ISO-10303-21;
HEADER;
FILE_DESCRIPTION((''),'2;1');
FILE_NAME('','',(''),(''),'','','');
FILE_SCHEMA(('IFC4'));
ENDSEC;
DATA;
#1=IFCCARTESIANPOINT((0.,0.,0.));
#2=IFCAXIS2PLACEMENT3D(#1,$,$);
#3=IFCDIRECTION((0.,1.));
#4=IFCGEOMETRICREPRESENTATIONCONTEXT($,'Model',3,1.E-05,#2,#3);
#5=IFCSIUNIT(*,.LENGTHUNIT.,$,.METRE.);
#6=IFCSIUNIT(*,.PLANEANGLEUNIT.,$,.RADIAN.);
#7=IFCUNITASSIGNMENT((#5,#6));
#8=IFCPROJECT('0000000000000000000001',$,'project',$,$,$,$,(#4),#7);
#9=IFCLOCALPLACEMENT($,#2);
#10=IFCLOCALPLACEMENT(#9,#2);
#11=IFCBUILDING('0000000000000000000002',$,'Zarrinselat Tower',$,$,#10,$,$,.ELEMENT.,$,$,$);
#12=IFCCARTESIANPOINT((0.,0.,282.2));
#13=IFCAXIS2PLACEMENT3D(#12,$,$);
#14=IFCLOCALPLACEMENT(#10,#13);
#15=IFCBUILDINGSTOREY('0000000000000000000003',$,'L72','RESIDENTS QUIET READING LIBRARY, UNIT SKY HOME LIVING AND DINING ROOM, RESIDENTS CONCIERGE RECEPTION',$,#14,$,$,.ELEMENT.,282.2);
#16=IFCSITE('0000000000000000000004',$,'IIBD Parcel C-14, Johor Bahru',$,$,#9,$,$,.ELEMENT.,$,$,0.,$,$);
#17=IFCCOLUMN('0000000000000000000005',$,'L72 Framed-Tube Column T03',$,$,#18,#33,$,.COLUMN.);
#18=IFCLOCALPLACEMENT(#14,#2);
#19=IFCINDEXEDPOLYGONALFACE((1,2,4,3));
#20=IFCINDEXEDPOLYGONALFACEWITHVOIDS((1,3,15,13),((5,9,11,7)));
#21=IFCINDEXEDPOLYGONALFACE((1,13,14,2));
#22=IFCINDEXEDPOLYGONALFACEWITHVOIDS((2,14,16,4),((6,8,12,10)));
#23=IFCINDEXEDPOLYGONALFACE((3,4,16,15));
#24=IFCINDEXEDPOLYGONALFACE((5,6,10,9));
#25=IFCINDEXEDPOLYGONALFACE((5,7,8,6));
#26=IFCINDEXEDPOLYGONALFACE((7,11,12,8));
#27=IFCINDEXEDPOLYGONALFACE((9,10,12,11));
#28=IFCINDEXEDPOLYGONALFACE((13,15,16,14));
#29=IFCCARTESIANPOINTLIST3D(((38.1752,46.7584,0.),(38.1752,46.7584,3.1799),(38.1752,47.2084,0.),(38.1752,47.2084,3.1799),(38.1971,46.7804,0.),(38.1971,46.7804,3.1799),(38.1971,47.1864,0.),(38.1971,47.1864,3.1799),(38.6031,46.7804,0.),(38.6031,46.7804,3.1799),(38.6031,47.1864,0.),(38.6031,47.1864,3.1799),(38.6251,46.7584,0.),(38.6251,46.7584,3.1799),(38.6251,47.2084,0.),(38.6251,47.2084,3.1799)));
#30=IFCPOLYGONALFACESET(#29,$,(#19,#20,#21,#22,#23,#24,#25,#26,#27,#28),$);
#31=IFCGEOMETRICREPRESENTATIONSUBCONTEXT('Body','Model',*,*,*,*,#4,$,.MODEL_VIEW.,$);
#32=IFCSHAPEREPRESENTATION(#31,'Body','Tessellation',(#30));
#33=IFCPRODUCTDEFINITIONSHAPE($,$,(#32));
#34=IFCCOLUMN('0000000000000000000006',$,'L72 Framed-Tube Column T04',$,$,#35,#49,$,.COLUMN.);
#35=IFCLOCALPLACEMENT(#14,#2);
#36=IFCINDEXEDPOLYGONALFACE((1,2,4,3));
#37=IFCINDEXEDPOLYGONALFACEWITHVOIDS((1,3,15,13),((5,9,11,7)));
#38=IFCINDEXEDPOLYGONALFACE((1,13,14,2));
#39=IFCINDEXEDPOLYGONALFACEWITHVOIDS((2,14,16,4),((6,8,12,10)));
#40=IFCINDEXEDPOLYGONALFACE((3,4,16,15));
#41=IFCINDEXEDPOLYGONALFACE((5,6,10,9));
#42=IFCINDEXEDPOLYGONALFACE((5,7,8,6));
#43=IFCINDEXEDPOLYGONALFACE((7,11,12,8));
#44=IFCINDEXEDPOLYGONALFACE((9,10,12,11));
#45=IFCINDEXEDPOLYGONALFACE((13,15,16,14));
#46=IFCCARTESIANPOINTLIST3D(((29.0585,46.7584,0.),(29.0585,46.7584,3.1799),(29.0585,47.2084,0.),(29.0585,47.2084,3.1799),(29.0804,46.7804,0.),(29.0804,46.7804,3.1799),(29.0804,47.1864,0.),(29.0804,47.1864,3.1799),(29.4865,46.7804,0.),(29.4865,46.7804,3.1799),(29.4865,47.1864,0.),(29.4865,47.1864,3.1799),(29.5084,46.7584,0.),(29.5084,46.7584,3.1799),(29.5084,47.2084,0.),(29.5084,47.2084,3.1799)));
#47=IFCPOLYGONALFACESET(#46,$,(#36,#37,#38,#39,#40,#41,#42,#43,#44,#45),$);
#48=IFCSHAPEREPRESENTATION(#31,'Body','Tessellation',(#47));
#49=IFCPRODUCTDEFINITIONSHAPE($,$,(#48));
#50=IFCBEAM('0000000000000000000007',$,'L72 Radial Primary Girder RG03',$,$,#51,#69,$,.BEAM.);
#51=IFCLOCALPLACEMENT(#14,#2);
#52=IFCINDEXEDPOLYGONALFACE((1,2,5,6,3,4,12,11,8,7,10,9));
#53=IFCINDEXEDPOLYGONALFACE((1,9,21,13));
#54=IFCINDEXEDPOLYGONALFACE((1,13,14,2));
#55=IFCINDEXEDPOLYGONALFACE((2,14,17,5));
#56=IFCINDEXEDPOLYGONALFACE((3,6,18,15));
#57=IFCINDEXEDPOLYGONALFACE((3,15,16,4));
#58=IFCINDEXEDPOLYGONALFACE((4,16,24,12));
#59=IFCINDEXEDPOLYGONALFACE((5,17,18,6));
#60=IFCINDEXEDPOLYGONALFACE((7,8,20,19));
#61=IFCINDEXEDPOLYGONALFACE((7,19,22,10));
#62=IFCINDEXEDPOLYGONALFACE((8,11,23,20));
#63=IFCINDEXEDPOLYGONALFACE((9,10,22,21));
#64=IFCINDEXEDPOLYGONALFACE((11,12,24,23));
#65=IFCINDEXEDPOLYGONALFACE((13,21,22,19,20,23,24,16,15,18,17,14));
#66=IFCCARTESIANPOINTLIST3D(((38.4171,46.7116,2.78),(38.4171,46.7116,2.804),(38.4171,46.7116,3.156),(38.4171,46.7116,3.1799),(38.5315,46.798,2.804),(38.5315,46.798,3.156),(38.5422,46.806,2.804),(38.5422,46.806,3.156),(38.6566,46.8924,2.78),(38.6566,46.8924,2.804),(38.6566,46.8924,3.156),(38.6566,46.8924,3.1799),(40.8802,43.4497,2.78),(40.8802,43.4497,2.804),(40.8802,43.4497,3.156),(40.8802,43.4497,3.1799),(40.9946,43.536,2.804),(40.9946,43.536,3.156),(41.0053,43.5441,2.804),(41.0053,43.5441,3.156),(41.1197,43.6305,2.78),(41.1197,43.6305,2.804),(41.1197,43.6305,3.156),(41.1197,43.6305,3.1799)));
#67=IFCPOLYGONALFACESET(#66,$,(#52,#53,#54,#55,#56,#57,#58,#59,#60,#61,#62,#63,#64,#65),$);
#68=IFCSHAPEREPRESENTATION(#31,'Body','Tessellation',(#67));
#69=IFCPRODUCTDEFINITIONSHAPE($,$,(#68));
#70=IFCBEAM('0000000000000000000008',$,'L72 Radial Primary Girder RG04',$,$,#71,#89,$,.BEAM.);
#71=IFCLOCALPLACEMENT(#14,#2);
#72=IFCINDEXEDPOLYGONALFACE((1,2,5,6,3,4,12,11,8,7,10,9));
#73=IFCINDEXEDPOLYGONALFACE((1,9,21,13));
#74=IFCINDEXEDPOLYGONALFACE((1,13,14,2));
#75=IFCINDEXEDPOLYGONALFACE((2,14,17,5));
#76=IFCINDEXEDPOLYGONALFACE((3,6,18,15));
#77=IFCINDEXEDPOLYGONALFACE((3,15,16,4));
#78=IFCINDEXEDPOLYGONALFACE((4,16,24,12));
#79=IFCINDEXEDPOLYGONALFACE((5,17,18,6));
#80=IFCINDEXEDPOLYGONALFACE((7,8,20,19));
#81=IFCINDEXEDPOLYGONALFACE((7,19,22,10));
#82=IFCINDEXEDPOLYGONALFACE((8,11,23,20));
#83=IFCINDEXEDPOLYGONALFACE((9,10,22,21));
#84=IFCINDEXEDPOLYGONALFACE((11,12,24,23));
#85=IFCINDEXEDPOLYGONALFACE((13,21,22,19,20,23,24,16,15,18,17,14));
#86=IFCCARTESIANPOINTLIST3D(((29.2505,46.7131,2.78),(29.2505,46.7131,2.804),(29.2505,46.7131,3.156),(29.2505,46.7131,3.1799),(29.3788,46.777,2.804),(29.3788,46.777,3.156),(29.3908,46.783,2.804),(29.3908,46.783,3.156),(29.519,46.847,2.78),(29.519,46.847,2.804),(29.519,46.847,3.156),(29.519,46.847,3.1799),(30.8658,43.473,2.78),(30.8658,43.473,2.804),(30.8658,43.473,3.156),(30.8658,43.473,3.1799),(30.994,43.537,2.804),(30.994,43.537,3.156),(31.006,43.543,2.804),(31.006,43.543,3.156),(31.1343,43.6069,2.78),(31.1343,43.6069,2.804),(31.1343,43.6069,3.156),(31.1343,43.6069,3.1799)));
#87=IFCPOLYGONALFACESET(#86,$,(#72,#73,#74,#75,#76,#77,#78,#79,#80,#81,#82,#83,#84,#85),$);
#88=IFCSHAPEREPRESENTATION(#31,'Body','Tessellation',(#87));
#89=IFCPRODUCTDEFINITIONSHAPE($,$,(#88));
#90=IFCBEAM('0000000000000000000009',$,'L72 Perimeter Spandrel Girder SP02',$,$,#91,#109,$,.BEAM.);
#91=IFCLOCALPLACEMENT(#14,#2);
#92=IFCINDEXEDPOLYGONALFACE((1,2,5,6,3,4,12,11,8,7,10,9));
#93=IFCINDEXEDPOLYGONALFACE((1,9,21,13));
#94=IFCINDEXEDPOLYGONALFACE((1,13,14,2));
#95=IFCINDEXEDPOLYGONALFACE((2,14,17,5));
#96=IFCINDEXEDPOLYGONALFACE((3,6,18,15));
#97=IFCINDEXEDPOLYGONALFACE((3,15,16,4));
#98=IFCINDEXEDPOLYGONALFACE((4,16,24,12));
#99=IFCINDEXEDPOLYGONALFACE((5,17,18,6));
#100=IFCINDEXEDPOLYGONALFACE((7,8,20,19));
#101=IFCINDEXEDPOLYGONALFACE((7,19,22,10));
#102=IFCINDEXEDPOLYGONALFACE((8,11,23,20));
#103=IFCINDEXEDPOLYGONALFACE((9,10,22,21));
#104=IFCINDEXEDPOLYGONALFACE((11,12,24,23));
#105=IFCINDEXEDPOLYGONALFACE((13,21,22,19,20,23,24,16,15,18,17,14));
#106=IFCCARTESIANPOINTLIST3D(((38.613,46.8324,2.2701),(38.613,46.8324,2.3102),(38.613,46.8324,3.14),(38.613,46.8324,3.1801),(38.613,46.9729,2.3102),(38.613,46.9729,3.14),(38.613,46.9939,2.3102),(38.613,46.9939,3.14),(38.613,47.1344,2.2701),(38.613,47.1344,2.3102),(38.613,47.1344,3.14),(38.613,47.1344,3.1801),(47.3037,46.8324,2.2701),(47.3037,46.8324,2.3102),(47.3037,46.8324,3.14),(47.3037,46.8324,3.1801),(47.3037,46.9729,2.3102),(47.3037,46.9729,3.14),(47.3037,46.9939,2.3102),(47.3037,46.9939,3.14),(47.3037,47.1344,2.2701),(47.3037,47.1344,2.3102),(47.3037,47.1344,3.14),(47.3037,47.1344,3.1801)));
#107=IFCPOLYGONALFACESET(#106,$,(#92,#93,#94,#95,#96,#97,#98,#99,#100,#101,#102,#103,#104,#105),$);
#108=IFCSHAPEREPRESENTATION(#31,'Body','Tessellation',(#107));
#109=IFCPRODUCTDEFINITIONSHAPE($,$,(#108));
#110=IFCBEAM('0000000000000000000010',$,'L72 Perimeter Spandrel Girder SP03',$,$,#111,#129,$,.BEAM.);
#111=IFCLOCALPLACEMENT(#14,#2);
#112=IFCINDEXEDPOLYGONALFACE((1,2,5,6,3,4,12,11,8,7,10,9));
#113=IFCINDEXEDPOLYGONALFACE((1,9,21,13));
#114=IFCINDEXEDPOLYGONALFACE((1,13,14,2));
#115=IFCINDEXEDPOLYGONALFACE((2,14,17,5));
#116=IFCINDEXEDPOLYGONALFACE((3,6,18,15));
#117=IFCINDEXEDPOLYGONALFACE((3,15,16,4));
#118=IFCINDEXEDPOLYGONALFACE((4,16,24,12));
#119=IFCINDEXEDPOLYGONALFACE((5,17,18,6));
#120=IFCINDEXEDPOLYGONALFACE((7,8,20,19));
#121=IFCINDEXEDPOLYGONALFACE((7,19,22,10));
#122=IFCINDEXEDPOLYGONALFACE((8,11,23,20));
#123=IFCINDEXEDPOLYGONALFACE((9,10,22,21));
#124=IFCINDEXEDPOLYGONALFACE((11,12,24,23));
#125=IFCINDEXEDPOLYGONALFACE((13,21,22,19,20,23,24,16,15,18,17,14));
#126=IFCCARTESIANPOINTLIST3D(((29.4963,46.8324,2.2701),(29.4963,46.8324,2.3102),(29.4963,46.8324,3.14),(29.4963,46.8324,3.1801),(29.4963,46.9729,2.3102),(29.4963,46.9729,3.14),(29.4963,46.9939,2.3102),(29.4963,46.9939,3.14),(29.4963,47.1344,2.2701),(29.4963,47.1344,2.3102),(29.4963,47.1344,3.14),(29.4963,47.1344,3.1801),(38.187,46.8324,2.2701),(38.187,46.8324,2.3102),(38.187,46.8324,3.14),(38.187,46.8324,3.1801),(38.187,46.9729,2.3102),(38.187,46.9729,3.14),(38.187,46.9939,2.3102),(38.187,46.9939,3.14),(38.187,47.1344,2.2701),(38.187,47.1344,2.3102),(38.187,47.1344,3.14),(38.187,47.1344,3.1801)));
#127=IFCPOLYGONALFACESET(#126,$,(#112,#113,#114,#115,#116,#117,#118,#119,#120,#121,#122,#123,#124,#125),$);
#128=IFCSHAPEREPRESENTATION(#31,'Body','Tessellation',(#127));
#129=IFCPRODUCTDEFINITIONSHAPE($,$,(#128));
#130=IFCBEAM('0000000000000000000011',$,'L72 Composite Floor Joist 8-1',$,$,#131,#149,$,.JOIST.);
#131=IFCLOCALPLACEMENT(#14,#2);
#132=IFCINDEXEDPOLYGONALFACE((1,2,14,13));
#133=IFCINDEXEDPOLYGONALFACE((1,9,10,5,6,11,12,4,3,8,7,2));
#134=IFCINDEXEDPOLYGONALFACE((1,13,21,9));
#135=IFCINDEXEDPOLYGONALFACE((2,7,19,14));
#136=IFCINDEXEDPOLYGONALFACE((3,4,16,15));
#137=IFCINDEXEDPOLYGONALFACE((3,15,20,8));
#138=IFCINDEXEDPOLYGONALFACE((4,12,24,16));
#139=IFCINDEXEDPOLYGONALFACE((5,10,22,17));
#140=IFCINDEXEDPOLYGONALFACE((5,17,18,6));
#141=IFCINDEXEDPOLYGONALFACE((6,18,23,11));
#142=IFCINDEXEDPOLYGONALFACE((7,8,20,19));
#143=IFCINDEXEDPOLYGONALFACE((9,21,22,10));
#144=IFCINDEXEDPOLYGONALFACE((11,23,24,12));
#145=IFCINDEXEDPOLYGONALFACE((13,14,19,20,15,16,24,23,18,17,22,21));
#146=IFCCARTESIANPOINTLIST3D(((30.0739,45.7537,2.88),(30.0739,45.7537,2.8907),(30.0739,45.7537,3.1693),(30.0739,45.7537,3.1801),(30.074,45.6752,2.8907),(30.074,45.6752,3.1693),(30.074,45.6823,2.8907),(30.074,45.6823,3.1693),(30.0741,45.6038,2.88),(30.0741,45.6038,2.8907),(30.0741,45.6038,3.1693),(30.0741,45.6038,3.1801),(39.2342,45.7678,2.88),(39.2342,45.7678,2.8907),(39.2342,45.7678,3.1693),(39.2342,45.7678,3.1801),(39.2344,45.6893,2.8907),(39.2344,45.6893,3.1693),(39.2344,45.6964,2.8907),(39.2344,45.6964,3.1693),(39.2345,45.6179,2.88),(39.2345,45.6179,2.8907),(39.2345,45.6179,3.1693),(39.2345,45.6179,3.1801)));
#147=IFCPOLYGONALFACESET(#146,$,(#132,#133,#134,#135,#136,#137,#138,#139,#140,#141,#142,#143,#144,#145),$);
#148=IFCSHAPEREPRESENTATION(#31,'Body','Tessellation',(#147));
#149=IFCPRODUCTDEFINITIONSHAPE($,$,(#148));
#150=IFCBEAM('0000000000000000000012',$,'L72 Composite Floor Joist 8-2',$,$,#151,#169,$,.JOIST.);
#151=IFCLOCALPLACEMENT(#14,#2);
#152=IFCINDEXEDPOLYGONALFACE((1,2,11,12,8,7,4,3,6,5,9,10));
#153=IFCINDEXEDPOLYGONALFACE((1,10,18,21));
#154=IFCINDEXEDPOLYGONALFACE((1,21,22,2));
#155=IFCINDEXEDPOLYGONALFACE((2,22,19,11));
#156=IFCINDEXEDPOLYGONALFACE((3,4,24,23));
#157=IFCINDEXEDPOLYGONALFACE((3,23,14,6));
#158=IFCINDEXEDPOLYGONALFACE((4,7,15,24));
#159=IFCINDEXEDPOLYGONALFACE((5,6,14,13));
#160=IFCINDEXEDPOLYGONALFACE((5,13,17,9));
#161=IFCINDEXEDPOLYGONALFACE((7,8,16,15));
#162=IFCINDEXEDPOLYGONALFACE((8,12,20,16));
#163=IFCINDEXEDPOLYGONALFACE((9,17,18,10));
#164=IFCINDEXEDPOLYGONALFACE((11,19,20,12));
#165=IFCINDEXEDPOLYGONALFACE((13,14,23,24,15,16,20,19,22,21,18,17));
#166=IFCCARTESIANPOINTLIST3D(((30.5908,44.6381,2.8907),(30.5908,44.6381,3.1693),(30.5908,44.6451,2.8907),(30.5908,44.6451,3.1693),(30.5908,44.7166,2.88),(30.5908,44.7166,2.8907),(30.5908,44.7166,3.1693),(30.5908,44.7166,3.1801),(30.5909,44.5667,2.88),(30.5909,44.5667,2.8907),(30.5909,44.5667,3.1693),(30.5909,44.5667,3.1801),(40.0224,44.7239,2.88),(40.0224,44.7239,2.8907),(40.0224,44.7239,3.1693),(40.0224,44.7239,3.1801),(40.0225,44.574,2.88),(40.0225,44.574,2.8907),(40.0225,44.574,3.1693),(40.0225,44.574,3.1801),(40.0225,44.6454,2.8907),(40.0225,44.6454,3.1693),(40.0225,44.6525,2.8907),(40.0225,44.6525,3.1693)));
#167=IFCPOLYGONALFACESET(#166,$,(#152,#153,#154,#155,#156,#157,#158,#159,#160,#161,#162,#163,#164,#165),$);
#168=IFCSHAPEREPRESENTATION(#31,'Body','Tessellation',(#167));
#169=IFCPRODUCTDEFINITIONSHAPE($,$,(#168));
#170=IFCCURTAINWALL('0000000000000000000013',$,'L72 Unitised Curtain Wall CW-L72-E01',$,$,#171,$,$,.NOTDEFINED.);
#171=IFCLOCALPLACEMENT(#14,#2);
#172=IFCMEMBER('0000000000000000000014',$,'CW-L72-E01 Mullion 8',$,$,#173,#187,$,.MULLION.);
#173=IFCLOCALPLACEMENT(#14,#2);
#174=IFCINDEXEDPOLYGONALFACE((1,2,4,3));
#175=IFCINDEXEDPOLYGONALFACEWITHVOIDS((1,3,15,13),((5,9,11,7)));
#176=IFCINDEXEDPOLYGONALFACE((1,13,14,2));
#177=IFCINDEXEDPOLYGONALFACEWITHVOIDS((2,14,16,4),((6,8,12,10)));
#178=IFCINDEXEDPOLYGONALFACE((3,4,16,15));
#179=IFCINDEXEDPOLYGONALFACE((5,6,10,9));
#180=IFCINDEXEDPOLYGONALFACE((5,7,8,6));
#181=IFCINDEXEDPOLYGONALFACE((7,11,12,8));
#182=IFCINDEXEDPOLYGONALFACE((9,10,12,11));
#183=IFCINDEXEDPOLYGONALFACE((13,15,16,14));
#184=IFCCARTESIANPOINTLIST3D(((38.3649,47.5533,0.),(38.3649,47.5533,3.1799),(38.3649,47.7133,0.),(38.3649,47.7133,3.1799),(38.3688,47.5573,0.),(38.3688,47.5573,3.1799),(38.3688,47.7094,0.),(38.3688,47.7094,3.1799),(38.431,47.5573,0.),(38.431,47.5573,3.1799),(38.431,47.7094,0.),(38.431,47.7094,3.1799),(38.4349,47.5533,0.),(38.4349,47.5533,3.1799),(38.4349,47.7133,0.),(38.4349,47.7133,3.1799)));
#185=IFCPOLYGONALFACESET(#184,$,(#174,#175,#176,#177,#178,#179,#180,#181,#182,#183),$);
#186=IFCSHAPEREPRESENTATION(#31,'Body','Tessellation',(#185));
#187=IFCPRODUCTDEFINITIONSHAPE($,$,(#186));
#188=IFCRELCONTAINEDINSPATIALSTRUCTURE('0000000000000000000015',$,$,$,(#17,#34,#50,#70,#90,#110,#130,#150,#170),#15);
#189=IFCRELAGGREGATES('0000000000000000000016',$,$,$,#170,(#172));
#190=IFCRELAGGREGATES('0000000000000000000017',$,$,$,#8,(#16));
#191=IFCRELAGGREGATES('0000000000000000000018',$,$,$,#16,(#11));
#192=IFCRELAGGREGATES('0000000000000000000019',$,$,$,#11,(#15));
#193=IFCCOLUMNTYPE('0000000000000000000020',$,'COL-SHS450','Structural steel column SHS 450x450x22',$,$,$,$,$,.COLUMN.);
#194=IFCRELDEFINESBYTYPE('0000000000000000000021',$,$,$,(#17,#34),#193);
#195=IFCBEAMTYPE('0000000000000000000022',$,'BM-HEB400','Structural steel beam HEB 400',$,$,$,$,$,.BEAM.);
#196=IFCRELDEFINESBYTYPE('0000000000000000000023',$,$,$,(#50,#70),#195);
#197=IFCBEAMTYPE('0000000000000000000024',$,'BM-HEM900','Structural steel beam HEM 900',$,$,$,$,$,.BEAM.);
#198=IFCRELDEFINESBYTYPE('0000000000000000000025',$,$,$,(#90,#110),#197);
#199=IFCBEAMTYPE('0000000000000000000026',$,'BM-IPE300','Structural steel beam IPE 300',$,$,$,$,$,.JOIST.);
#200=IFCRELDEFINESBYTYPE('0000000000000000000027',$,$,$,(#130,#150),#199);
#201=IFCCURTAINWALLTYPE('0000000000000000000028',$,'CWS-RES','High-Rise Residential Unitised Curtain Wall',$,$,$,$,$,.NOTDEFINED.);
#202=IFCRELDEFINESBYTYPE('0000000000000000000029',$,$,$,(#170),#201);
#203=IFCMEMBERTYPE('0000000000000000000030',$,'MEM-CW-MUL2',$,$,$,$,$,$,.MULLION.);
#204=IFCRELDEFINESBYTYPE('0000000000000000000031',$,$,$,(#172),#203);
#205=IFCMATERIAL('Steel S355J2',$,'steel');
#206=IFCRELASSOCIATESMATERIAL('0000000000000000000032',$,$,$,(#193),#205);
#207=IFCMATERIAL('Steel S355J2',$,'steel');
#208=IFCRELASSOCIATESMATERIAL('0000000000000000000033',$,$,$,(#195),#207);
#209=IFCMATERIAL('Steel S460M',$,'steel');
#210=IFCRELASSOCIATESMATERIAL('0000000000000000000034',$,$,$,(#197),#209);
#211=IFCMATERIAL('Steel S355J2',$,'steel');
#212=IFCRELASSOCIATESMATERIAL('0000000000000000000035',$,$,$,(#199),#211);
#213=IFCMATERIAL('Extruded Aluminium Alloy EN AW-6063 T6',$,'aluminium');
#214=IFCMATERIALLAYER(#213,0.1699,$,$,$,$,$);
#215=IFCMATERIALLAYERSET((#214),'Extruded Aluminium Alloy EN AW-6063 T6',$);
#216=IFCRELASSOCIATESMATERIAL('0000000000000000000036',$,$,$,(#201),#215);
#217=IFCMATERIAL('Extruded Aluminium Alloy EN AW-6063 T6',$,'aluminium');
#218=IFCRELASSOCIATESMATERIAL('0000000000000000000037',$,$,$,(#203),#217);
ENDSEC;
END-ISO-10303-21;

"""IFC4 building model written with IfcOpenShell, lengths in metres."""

from ifc_helpers import new_model, si_unit, direction, frame, origin, origin_2d, place, context, subcontext, project, spatial, hollow_rectangle, i_section, extrude, material, layer, layer_set, material_profile, profile_set, type_object, element, aggregate, save


model = new_model("IFC4")

# Units and contexts
model_context = context("Model", 3, precision=1e-05, world=origin(), true_north=direction((0.0, 1.0)))
body_context = subcontext(model_context, "Body", "Model", "MODEL_VIEW")
ifc_project = project(units=[si_unit("LENGTHUNIT", "METRE"), si_unit("PLANEANGLEUNIT", "RADIAN")], contexts=[model_context])

# Site, building, storey
site_placement = place(None, origin())
site = spatial("IfcSite", under=ifc_project, at=site_placement, Name="IIBD Parcel C-14, Johor Bahru", CompositionType="ELEMENT", RefElevation=0.0)
building_placement = place(site_placement, origin())
building = spatial("IfcBuilding", under=site, at=building_placement, Name="Zarrinselat Tower", CompositionType="ELEMENT")
storey_placement = place(building_placement, frame((0.0, 0.0, 282.2)))
storey = spatial("IfcBuildingStorey", under=building, at=storey_placement, Name="L72", Description="RESIDENTS QUIET READING LIBRARY, UNIT SKY HOME LIVING AND DINING ROOM, RESIDENTS CONCIERGE RECEPTION", CompositionType="ELEMENT", Elevation=282.2)

# Columns
ifc_material_1 = material(Name="Steel S355J2", Category="steel")
ifc_material_profile_1 = material_profile(ifc_material_1, hollow_rectangle(XDim=0.45, YDim=0.45, WallThickness=0.022, at=origin_2d()), Name="SHS 450x450x22")
ifc_profile_set_1 = profile_set([ifc_material_profile_1], Name="Steel S355J2")
column_type = type_object("IfcColumnType", Name="COL-SHS450", Description="Structural steel column SHS 450x450x22", PredefinedType="COLUMN", material=ifc_profile_set_1)
for number, where, z_axis, x_axis, name in (
    (1, (38.4001, 46.9834, 0.0), (0.0, 0.0, 1.0), (1.0, 0.0, 0.0), "L72 Framed-Tube Column T03"),
    (2, (29.2834, 46.9834, 0.0), (0.0, 0.0, 1.0), (1.0, 0.0, 0.0), "L72 Framed-Tube Column T04"),
):
    element("IfcColumn", number, at=place(storey_placement, frame(where, z_axis=z_axis, x_axis=x_axis)), inside=storey, type_object=column_type, Name=name, PredefinedType="COLUMN", context=body_context, shape_type="SweptSolid", body=[
        extrude(hollow_rectangle(XDim=0.45, YDim=0.45, WallThickness=0.022, at=origin_2d()), origin(), (0.0, 0.0, 1.0), 3.1799),
    ])

# Beams
ifc_material_2 = material(Name="Steel S355J2", Category="steel")
ifc_material_profile_2 = material_profile(ifc_material_2, i_section(OverallWidth=0.3, OverallDepth=0.3999, WebThickness=0.0134, FlangeThickness=0.0239, at=origin_2d()), Name="HEB 400")
ifc_profile_set_2 = profile_set([ifc_material_profile_2], Name="Steel S355J2")
beam_type_1 = type_object("IfcBeamType", Name="BM-HEB400", Description="Structural steel beam HEB 400", PredefinedType="BEAM", material=ifc_profile_set_2)
beam_1_placement = place(storey_placement, frame((38.5369, 46.802, 2.98), z_axis=(0.602606, -0.798039, 0.0), x_axis=(0.798039, 0.602606, 0.0)))
element("IfcBeam", 3, at=beam_1_placement, inside=storey, type_object=beam_type_1, Name="L72 Radial Primary Girder RG03", PredefinedType="BEAM", context=body_context, shape_type="SweptSolid", body=[
    extrude(i_section(OverallWidth=0.3, OverallDepth=0.3999, WebThickness=0.0134, FlangeThickness=0.0239, at=origin_2d()), origin(), (0.0, 0.0, 1.0), 4.0874),
])
beam_2_placement = place(storey_placement, frame((29.3848, 46.78, 2.98), z_axis=(0.446161, -0.894953, 0.0), x_axis=(0.894953, 0.446161, 0.0)))
element("IfcBeam", 4, at=beam_2_placement, inside=storey, type_object=beam_type_1, Name="L72 Radial Primary Girder RG04", PredefinedType="BEAM", context=body_context, shape_type="SweptSolid", body=[
    extrude(i_section(OverallWidth=0.3, OverallDepth=0.3999, WebThickness=0.0134, FlangeThickness=0.0239, at=origin_2d()), origin(), (0.0, 0.0, 1.0), 3.6204),
])
ifc_material_3 = material(Name="Steel S460M", Category="steel")
ifc_material_profile_3 = material_profile(ifc_material_3, i_section(OverallWidth=0.302, OverallDepth=0.9099, WebThickness=0.021, FlangeThickness=0.04, at=origin_2d()), Name="HEM 900")
ifc_profile_set_3 = profile_set([ifc_material_profile_3], Name="Steel S460M")
beam_type_2 = type_object("IfcBeamType", Name="BM-HEM900", Description="Structural steel beam HEM 900", PredefinedType="BEAM", material=ifc_profile_set_3)
for number, where, z_axis, x_axis, name in (
    (5, (38.613, 46.9834, 2.7251), (1.0, 0.0, 0.0), (0.0, 1.0, 0.0), "L72 Perimeter Spandrel Girder SP02"),
    (6, (29.4963, 46.9834, 2.7251), (1.0, 0.0, 0.0), (0.0, 1.0, 0.0), "L72 Perimeter Spandrel Girder SP03"),
):
    element("IfcBeam", number, at=place(storey_placement, frame(where, z_axis=z_axis, x_axis=x_axis)), inside=storey, type_object=beam_type_2, Name=name, PredefinedType="BEAM", context=body_context, shape_type="SweptSolid", body=[
        extrude(i_section(OverallWidth=0.302, OverallDepth=0.9099, WebThickness=0.021, FlangeThickness=0.04, at=origin_2d()), origin(), (0.0, 0.0, 1.0), 8.6907),
    ])
ifc_material_4 = material(Name="Steel S355J2", Category="steel")
ifc_material_profile_4 = material_profile(ifc_material_4, i_section(OverallWidth=0.1499, OverallDepth=0.3, WebThickness=0.0071, FlangeThickness=0.0107, at=origin_2d()), Name="IPE 300")
ifc_profile_set_4 = profile_set([ifc_material_profile_4], Name="Steel S355J2")
beam_type_3 = type_object("IfcBeamType", Name="BM-IPE300", Description="Structural steel beam IPE 300", PredefinedType="JOIST", material=ifc_profile_set_4)
beam_3_placement = place(storey_placement, frame((30.074, 45.6787, 3.03), z_axis=(0.999999, 0.001546, 0.0), x_axis=(-0.001546, 0.999999, 0.0)))
element("IfcBeam", 7, at=beam_3_placement, inside=storey, type_object=beam_type_3, Name="L72 Composite Floor Joist 8-1", PredefinedType="JOIST", context=body_context, shape_type="SweptSolid", body=[
    extrude(i_section(OverallWidth=0.1499, OverallDepth=0.3, WebThickness=0.0071, FlangeThickness=0.0107, at=origin_2d()), origin(), (0.0, 0.0, 1.0), 9.1604),
])
beam_4_placement = place(storey_placement, frame((30.5908, 44.6416, 3.03), z_axis=(1.0, 0.000777, 0.0), x_axis=(-0.000777, 1.0, 0.0)))
element("IfcBeam", 8, at=beam_4_placement, inside=storey, type_object=beam_type_3, Name="L72 Composite Floor Joist 8-2", PredefinedType="JOIST", context=body_context, shape_type="SweptSolid", body=[
    extrude(i_section(OverallWidth=0.1499, OverallDepth=0.3, WebThickness=0.0071, FlangeThickness=0.0107, at=origin_2d()), origin(), (0.0, 0.0, 1.0), 9.4316),
])

# Curtain wall, member
ifc_material_5 = material(Name="Extruded Aluminium Alloy EN AW-6063 T6", Category="aluminium")
ifc_layer_1 = layer(ifc_material_5, 0.1699)
ifc_layer_set_1 = layer_set([ifc_layer_1], Name="Extruded Aluminium Alloy EN AW-6063 T6")
curtain_wall_type = type_object("IfcCurtainWallType", Name="CWS-RES", Description="High-Rise Residential Unitised Curtain Wall", PredefinedType="NOTDEFINED", material=ifc_layer_set_1)
curtain_wall_placement = place(storey_placement, origin())
curtain_wall = element("IfcCurtainWall", 9, at=curtain_wall_placement, inside=storey, type_object=curtain_wall_type, Name="L72 Unitised Curtain Wall CW-L72-E01", PredefinedType="NOTDEFINED")
ifc_material_6 = material(Name="Extruded Aluminium Alloy EN AW-6063 T6", Category="aluminium")
ifc_material_profile_5 = material_profile(ifc_material_6, hollow_rectangle(XDim=0.0701, YDim=0.1599, WallThickness=0.0039, at=origin_2d()), Name="RHS 160x70x4")
ifc_profile_set_5 = profile_set([ifc_material_profile_5], Name="Extruded Aluminium Alloy EN AW-6063 T6")
member_type_1 = type_object("IfcMemberType", Name="MEM-CW-MUL2", PredefinedType="MULLION", material=ifc_profile_set_5)
member_1_placement = place(storey_placement, frame((38.3999, 47.6333, 0.0), z_axis=(0.0, 0.0, 1.0), x_axis=(-1.0, 0.0, 0.0)))
member_1 = element("IfcMember", 10, at=member_1_placement, type_object=member_type_1, Name="CW-L72-E01 Mullion 8", PredefinedType="MULLION", context=body_context, shape_type="SweptSolid", body=[
    extrude(hollow_rectangle(XDim=0.0701, YDim=0.1599, WallThickness=0.0039, at=origin_2d()), origin(), (0.0, 0.0, 1.0), 3.1799),
])
aggregate(curtain_wall, [member_1])

save(model, "model.ifc")
